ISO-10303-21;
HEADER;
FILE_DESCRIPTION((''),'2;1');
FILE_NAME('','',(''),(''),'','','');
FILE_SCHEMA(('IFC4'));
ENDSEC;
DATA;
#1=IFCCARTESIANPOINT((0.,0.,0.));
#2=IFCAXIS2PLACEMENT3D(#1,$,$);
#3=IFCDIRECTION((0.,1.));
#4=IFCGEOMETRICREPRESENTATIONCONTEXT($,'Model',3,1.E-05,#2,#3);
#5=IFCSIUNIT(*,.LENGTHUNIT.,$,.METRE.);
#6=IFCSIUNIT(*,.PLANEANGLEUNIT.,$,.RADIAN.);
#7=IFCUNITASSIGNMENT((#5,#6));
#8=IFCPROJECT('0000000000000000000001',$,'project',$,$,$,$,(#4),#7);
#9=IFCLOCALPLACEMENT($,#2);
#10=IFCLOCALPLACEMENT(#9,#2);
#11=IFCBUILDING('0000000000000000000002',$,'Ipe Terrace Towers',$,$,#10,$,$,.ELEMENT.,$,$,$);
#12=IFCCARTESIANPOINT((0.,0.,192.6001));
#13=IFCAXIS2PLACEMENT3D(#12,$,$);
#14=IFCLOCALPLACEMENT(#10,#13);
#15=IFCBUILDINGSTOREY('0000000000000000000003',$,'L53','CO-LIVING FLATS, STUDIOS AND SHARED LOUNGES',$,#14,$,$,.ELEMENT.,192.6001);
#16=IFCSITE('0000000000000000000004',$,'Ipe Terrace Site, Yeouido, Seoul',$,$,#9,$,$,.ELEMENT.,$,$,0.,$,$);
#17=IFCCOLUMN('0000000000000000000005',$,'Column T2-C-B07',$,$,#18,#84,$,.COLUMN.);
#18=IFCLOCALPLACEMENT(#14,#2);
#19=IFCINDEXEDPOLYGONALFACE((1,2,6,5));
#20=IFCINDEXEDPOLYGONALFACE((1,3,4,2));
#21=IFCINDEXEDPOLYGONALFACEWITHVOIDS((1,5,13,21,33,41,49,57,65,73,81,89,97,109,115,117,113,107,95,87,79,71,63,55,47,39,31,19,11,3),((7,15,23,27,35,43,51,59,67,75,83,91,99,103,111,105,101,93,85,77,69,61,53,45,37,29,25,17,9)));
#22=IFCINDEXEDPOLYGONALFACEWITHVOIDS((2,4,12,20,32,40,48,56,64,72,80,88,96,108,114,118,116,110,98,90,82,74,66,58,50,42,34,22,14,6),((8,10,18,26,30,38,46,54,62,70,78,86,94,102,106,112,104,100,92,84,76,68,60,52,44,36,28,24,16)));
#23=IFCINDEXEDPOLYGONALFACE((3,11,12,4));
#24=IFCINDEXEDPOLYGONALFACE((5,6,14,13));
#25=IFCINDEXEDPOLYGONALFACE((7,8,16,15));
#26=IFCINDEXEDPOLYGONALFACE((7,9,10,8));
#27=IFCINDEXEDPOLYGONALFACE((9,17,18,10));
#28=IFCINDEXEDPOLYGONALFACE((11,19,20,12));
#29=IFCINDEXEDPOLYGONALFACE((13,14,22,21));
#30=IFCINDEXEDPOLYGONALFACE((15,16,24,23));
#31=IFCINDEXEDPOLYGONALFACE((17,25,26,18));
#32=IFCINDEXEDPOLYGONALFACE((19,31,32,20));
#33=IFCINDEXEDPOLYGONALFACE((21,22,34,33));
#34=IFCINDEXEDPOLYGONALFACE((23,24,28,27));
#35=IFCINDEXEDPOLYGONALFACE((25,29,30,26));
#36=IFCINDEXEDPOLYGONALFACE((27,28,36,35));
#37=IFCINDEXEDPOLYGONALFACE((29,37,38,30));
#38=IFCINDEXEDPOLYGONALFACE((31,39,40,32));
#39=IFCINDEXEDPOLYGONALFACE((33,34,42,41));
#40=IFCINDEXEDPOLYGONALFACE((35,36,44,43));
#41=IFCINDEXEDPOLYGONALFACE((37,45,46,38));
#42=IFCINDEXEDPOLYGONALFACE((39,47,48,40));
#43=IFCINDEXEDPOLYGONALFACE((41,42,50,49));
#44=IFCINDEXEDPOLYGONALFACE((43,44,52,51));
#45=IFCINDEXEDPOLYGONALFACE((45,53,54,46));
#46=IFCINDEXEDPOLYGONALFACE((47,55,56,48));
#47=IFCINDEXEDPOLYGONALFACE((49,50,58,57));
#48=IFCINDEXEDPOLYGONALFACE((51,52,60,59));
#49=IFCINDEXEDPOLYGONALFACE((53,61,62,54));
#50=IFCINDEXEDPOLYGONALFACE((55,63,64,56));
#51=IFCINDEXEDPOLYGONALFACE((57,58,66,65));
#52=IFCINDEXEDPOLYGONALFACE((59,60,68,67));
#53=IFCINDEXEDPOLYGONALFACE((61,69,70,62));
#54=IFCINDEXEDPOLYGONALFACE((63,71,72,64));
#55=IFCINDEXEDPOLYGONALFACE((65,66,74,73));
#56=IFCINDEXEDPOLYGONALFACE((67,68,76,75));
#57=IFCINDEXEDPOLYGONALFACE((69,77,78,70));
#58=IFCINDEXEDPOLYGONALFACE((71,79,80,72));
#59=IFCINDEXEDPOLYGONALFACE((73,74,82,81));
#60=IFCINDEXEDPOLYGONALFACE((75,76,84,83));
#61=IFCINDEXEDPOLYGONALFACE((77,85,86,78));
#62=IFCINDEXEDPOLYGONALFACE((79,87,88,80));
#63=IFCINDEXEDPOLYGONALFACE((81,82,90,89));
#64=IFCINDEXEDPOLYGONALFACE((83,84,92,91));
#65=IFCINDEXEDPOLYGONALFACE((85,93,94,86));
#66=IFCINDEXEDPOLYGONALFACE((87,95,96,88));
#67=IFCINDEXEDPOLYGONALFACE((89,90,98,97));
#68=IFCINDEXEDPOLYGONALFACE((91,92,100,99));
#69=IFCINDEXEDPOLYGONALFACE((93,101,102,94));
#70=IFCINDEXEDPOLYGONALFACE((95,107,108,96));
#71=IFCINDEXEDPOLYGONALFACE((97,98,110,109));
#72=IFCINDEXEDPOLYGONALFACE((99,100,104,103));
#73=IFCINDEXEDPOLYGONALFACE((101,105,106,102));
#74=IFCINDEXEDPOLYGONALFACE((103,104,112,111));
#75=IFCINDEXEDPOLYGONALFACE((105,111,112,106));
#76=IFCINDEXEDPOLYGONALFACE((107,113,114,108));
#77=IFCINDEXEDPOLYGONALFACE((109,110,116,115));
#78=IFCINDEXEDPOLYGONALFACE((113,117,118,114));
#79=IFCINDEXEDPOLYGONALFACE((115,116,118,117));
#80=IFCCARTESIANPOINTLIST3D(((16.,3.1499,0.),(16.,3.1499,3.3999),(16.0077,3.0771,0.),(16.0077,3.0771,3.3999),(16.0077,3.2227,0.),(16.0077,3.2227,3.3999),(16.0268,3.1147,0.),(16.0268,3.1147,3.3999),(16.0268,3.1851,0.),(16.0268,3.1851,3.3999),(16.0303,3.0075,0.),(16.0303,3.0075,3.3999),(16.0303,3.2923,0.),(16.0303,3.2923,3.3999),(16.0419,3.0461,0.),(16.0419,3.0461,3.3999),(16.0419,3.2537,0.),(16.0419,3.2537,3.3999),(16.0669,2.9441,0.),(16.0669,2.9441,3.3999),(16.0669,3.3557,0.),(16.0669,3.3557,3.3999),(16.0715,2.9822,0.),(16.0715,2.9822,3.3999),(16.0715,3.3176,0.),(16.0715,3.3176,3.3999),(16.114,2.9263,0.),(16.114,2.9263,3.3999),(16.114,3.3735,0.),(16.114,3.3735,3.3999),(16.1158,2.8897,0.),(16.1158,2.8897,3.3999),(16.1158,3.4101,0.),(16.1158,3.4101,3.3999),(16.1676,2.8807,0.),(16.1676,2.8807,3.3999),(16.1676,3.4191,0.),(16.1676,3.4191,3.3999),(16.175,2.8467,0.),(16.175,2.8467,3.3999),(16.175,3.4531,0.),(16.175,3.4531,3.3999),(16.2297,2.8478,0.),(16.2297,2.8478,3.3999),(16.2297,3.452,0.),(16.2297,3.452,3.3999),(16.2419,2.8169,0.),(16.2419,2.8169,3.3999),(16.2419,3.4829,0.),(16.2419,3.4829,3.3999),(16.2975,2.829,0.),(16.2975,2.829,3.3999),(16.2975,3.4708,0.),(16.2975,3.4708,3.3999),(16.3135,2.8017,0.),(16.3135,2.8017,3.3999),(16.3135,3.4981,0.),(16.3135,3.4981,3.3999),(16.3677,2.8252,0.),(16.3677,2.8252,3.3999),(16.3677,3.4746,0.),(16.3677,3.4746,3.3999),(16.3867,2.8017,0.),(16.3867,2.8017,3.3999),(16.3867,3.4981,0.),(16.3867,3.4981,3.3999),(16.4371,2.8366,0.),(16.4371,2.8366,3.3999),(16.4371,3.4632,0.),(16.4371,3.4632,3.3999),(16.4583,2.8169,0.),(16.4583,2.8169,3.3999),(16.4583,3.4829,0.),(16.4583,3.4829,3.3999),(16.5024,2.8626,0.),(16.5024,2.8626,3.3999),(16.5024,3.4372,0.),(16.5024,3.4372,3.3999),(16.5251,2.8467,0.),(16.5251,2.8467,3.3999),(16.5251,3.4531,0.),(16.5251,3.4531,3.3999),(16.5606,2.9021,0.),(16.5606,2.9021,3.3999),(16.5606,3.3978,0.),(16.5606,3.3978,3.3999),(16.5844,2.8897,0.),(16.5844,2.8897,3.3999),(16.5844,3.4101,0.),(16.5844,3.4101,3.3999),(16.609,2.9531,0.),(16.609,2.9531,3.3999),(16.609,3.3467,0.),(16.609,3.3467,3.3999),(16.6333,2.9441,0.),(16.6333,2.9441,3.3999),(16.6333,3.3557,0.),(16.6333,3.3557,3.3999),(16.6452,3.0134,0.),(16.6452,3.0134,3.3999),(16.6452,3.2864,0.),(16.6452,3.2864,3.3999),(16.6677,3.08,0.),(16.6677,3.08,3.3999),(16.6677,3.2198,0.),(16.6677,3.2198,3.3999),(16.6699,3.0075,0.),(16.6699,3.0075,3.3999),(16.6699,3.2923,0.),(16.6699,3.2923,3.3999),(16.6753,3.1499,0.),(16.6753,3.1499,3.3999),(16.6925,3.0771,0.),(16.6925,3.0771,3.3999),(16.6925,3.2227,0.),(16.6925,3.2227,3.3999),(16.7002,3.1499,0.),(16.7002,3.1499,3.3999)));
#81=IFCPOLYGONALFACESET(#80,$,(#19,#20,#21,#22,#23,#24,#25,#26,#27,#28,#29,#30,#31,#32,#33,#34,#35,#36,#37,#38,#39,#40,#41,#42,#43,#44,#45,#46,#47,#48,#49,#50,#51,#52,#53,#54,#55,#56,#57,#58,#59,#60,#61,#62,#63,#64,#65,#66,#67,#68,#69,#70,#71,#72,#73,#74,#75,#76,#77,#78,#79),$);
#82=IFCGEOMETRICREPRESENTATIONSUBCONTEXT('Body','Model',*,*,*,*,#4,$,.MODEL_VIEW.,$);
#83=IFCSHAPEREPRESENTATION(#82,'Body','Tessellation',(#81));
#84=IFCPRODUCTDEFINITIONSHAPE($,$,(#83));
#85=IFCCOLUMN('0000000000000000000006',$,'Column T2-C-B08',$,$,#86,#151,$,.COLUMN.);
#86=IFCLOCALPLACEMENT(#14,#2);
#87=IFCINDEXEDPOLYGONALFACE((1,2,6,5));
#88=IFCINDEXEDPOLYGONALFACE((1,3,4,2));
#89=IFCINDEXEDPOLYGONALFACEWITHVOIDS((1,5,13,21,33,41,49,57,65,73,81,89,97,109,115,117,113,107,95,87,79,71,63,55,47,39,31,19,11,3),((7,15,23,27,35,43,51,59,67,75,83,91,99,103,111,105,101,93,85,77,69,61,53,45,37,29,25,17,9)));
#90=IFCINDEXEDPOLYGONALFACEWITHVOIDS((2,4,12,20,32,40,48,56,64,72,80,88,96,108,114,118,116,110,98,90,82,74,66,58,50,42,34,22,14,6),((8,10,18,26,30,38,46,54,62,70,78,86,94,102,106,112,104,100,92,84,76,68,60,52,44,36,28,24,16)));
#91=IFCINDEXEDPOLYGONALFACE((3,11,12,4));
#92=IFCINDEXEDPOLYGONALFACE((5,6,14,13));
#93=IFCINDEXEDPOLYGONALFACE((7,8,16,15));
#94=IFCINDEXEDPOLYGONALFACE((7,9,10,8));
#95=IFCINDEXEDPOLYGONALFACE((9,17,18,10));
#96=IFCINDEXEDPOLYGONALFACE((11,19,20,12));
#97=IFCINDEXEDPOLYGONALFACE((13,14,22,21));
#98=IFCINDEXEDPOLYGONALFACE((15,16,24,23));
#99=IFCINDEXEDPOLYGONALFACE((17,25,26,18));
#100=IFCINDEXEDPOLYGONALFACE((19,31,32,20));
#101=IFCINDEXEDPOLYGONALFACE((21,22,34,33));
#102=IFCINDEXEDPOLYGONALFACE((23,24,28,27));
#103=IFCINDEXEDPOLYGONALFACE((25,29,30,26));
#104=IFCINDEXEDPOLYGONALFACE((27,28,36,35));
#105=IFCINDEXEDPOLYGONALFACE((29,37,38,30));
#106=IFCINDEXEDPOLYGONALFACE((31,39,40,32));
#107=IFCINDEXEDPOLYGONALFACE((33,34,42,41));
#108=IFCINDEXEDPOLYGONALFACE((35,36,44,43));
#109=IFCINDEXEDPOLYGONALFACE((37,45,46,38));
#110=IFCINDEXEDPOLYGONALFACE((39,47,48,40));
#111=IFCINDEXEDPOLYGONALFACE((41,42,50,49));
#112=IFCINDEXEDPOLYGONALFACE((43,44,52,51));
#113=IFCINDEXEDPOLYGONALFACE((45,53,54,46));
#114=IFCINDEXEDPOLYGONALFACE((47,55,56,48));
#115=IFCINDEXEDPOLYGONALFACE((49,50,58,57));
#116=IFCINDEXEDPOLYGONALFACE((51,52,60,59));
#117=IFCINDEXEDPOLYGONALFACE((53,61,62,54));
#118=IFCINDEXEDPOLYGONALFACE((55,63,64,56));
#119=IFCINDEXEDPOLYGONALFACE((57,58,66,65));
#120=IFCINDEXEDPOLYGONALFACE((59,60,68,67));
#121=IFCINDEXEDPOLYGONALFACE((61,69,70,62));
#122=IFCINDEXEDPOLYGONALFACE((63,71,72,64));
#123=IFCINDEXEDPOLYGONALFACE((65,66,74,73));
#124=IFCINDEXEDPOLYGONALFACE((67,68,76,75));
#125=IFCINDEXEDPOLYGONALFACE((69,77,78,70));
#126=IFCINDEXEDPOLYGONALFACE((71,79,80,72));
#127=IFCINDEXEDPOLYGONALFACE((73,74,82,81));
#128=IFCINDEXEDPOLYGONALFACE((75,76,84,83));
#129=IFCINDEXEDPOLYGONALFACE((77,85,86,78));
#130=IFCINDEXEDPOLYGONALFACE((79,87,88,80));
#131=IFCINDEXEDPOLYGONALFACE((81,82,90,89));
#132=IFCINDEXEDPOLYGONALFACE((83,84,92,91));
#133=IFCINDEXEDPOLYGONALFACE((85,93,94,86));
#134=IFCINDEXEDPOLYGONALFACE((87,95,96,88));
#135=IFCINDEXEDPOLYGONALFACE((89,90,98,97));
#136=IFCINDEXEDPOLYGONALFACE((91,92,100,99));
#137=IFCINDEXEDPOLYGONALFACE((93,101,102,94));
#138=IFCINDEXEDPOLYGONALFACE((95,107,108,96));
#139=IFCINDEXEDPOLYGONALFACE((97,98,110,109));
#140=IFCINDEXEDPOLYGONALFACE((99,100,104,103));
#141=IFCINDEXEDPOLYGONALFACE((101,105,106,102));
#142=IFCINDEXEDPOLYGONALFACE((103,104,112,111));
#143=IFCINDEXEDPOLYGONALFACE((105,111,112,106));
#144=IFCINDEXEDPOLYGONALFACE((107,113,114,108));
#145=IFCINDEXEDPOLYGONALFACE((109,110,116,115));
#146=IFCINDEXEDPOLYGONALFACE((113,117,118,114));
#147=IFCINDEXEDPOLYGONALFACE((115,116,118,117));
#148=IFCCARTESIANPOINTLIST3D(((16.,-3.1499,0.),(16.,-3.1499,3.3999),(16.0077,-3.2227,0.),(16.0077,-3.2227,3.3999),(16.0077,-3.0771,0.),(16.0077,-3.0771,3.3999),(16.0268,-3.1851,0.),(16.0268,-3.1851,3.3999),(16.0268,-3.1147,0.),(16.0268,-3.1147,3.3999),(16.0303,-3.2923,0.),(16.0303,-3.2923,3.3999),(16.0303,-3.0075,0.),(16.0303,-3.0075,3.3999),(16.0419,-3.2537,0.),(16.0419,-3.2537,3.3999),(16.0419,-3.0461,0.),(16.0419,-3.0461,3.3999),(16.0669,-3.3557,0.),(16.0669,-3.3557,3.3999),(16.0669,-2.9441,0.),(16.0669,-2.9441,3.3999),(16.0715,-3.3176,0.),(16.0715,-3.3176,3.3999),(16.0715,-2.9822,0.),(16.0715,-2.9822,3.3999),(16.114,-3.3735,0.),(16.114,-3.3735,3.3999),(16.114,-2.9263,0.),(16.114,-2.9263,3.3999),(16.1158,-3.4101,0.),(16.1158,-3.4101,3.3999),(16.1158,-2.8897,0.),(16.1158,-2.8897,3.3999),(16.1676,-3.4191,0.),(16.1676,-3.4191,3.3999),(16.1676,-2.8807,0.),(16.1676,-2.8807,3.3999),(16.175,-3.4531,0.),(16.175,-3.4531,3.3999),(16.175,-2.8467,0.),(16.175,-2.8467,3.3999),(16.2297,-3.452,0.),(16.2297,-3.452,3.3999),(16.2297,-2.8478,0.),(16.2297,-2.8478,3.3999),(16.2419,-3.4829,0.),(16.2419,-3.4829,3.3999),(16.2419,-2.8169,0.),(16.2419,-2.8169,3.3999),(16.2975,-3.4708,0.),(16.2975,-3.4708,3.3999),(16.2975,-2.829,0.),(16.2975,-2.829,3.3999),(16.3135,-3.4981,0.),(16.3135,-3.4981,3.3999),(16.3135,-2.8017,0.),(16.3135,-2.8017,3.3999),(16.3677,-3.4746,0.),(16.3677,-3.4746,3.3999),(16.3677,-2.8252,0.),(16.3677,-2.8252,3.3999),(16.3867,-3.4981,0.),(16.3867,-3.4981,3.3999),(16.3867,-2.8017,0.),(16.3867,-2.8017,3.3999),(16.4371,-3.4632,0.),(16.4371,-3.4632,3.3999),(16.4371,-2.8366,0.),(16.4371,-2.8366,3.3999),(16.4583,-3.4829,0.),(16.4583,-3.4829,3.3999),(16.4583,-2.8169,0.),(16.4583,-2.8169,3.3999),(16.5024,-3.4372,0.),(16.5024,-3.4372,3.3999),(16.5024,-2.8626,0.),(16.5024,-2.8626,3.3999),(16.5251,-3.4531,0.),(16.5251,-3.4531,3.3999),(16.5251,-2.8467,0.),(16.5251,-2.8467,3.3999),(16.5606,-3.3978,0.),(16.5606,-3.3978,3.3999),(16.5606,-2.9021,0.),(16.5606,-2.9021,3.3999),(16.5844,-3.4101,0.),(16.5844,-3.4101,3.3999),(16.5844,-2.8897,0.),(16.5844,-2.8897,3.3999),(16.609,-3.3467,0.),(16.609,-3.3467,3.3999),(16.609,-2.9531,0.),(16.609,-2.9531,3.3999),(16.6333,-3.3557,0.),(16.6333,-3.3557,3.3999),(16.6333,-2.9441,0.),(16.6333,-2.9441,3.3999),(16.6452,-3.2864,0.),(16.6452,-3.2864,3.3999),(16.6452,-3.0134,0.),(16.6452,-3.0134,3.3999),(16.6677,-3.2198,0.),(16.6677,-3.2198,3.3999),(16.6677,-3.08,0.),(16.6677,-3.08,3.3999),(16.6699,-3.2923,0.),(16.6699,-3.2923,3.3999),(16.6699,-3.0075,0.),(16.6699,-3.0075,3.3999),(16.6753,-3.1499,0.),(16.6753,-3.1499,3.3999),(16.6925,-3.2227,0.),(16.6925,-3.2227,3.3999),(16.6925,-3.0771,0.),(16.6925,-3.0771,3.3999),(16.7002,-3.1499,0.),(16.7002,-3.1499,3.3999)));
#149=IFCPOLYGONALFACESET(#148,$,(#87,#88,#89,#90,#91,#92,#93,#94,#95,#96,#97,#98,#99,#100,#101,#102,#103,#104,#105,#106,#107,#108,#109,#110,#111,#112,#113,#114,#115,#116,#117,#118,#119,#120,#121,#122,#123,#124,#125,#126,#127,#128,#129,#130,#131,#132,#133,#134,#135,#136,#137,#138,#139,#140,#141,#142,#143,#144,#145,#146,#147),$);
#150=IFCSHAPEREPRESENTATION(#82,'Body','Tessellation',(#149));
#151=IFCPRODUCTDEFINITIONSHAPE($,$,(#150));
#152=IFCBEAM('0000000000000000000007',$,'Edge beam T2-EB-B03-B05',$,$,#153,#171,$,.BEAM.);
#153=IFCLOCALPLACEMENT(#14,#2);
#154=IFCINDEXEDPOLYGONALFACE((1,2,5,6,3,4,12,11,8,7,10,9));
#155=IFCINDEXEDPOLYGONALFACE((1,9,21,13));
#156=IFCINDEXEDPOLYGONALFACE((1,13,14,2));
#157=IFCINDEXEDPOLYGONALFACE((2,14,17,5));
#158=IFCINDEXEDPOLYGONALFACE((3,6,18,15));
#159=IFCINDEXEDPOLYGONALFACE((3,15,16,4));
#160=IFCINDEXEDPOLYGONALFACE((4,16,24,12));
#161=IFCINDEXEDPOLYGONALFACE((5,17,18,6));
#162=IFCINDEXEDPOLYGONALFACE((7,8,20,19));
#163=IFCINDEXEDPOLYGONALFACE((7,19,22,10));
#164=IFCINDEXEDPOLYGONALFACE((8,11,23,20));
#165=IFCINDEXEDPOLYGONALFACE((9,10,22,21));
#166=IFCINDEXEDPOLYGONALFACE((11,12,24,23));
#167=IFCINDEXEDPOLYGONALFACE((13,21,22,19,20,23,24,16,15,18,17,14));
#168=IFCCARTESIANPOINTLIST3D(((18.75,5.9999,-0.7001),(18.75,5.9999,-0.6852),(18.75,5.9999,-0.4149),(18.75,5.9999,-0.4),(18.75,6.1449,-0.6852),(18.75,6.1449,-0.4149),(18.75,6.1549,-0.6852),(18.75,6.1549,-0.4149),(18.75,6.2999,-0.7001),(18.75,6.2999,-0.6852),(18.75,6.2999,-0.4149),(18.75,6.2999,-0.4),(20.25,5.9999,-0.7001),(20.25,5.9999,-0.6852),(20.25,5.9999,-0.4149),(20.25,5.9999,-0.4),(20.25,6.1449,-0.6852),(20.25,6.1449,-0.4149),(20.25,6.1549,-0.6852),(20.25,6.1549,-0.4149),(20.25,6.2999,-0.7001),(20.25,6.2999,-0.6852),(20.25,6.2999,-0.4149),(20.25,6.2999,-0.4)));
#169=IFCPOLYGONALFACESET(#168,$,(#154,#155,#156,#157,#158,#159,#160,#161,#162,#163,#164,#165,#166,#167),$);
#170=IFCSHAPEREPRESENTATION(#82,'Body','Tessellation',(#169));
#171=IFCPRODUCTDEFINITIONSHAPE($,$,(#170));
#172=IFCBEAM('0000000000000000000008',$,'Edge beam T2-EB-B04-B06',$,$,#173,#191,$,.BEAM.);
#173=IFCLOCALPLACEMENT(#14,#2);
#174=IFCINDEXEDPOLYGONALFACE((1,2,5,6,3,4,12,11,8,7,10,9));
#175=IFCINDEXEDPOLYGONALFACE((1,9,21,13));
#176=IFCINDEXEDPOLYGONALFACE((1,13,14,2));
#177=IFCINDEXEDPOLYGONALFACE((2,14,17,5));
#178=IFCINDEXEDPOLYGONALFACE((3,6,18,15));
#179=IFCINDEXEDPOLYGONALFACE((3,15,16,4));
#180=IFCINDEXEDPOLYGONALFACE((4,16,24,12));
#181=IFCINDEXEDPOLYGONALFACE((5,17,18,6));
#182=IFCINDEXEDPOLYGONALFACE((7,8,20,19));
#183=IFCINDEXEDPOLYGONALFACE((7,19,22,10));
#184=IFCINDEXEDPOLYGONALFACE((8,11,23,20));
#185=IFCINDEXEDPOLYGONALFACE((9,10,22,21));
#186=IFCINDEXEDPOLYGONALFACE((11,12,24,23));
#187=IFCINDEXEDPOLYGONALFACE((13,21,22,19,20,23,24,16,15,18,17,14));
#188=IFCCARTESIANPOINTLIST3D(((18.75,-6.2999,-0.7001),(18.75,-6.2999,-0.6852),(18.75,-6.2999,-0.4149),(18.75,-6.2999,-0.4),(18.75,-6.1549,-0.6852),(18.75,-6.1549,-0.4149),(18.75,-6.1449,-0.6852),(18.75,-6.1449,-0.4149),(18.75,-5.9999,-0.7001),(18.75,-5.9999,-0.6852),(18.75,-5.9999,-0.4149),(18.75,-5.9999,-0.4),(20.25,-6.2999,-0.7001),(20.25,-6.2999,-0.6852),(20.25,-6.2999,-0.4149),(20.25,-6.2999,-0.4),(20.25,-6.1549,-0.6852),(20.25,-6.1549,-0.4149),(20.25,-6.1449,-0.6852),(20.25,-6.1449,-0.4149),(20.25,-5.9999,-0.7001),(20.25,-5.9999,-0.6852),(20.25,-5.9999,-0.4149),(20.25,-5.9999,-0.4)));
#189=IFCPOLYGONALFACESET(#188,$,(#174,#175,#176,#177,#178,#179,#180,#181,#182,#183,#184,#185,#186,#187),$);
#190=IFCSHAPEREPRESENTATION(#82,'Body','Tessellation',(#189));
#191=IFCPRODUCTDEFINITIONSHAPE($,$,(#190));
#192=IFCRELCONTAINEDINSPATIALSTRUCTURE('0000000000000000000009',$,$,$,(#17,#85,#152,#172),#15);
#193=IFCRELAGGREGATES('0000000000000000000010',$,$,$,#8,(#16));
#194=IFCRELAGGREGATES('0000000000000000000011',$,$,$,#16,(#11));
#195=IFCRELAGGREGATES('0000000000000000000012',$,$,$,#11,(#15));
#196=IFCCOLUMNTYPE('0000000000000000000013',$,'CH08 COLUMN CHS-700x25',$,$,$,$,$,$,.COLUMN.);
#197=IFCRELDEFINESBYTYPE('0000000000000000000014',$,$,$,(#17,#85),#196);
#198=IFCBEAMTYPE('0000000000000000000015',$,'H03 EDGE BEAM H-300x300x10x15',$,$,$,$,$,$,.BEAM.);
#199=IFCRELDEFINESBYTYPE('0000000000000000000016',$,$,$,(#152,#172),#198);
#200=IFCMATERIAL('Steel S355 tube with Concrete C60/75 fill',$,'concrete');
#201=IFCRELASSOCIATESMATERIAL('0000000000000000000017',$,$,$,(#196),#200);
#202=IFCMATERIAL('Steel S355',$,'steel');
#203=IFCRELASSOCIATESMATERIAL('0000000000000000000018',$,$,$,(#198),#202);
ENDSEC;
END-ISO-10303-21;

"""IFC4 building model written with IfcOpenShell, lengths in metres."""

from ifc_helpers import new_model, si_unit, direction, frame, origin, origin_2d, place, context, subcontext, project, spatial, hollow_circle, i_section, extrude, material, material_profile, profile_set, type_object, element, save


model = new_model("IFC4")

# Units and contexts
model_context = context("Model", 3, precision=1e-05, world=origin(), true_north=direction((0.0, 1.0)))
body_context = subcontext(model_context, "Body", "Model", "MODEL_VIEW")
ifc_project = project(units=[si_unit("LENGTHUNIT", "METRE"), si_unit("PLANEANGLEUNIT", "RADIAN")], contexts=[model_context])

# Site, building, storey
site_placement = place(None, origin())
site = spatial("IfcSite", under=ifc_project, at=site_placement, Name="Ipe Terrace Site, Yeouido, Seoul", CompositionType="ELEMENT", RefElevation=0.0)
building_placement = place(site_placement, origin())
building = spatial("IfcBuilding", under=site, at=building_placement, Name="Ipe Terrace Towers", CompositionType="ELEMENT")
storey_placement = place(building_placement, frame((0.0, 0.0, 192.6001)))
storey = spatial("IfcBuildingStorey", under=building, at=storey_placement, Name="L53", Description="CO-LIVING FLATS, STUDIOS AND SHARED LOUNGES", CompositionType="ELEMENT", Elevation=192.6001)

# Columns
ifc_material_1 = material(Name="Steel S355 tube with Concrete C60/75 fill", Category="concrete")
ifc_material_profile_1 = material_profile(ifc_material_1, hollow_circle(Radius=0.3501, WallThickness=0.0249, at=origin_2d()), Name="CHS-700x25")
ifc_profile_set_1 = profile_set([ifc_material_profile_1], Name="Steel S355 tube with Concrete C60/75 fill")
column_type = type_object("IfcColumnType", Name="CH08 COLUMN CHS-700x25", PredefinedType="COLUMN", material=ifc_profile_set_1)
for number, where, z_axis, x_axis, name in (
    (1, (16.3501, 3.1499, 0.0), (0.0, 0.0, 1.0), (1.0, 0.0, 0.0), "Column T2-C-B07"),
    (2, (16.3501, -3.1499, 0.0), (0.0, 0.0, 1.0), (1.0, 0.0, 0.0), "Column T2-C-B08"),
):
    element("IfcColumn", number, at=place(storey_placement, frame(where, z_axis=z_axis, x_axis=x_axis)), inside=storey, type_object=column_type, Name=name, PredefinedType="COLUMN", context=body_context, shape_type="SweptSolid", body=[
        extrude(hollow_circle(Radius=0.3501, WallThickness=0.0249, at=origin_2d()), origin(), (0.0, 0.0, 1.0), 3.3999),
    ])

# Beams
ifc_material_2 = material(Name="Steel S355", Category="steel")
ifc_material_profile_2 = material_profile(ifc_material_2, i_section(OverallWidth=0.3, OverallDepth=0.3, WebThickness=0.01, FlangeThickness=0.0149, at=origin_2d()), Name="H-300x300x10x15")
ifc_profile_set_2 = profile_set([ifc_material_profile_2], Name="Steel S355")
beam_type_1 = type_object("IfcBeamType", Name="H03 EDGE BEAM H-300x300x10x15", PredefinedType="BEAM", material=ifc_profile_set_2)
for number, where, z_axis, x_axis, name in (
    (3, (20.25, 6.1499, -0.55), (-1.0, 0.0, 0.0), (0.0, -1.0, 0.0), "Edge beam T2-EB-B03-B05"),
    (4, (20.25, -6.1499, -0.55), (-1.0, 0.0, 0.0), (0.0, -1.0, 0.0), "Edge beam T2-EB-B04-B06"),
):
    element("IfcBeam", number, at=place(storey_placement, frame(where, z_axis=z_axis, x_axis=x_axis)), inside=storey, type_object=beam_type_1, Name=name, PredefinedType="BEAM", context=body_context, shape_type="SweptSolid", body=[
        extrude(i_section(OverallWidth=0.3, OverallDepth=0.3, WebThickness=0.01, FlangeThickness=0.0149, at=origin_2d()), origin(), (0.0, 0.0, 1.0), 1.5),
    ])

save(model, "model.ifc")
